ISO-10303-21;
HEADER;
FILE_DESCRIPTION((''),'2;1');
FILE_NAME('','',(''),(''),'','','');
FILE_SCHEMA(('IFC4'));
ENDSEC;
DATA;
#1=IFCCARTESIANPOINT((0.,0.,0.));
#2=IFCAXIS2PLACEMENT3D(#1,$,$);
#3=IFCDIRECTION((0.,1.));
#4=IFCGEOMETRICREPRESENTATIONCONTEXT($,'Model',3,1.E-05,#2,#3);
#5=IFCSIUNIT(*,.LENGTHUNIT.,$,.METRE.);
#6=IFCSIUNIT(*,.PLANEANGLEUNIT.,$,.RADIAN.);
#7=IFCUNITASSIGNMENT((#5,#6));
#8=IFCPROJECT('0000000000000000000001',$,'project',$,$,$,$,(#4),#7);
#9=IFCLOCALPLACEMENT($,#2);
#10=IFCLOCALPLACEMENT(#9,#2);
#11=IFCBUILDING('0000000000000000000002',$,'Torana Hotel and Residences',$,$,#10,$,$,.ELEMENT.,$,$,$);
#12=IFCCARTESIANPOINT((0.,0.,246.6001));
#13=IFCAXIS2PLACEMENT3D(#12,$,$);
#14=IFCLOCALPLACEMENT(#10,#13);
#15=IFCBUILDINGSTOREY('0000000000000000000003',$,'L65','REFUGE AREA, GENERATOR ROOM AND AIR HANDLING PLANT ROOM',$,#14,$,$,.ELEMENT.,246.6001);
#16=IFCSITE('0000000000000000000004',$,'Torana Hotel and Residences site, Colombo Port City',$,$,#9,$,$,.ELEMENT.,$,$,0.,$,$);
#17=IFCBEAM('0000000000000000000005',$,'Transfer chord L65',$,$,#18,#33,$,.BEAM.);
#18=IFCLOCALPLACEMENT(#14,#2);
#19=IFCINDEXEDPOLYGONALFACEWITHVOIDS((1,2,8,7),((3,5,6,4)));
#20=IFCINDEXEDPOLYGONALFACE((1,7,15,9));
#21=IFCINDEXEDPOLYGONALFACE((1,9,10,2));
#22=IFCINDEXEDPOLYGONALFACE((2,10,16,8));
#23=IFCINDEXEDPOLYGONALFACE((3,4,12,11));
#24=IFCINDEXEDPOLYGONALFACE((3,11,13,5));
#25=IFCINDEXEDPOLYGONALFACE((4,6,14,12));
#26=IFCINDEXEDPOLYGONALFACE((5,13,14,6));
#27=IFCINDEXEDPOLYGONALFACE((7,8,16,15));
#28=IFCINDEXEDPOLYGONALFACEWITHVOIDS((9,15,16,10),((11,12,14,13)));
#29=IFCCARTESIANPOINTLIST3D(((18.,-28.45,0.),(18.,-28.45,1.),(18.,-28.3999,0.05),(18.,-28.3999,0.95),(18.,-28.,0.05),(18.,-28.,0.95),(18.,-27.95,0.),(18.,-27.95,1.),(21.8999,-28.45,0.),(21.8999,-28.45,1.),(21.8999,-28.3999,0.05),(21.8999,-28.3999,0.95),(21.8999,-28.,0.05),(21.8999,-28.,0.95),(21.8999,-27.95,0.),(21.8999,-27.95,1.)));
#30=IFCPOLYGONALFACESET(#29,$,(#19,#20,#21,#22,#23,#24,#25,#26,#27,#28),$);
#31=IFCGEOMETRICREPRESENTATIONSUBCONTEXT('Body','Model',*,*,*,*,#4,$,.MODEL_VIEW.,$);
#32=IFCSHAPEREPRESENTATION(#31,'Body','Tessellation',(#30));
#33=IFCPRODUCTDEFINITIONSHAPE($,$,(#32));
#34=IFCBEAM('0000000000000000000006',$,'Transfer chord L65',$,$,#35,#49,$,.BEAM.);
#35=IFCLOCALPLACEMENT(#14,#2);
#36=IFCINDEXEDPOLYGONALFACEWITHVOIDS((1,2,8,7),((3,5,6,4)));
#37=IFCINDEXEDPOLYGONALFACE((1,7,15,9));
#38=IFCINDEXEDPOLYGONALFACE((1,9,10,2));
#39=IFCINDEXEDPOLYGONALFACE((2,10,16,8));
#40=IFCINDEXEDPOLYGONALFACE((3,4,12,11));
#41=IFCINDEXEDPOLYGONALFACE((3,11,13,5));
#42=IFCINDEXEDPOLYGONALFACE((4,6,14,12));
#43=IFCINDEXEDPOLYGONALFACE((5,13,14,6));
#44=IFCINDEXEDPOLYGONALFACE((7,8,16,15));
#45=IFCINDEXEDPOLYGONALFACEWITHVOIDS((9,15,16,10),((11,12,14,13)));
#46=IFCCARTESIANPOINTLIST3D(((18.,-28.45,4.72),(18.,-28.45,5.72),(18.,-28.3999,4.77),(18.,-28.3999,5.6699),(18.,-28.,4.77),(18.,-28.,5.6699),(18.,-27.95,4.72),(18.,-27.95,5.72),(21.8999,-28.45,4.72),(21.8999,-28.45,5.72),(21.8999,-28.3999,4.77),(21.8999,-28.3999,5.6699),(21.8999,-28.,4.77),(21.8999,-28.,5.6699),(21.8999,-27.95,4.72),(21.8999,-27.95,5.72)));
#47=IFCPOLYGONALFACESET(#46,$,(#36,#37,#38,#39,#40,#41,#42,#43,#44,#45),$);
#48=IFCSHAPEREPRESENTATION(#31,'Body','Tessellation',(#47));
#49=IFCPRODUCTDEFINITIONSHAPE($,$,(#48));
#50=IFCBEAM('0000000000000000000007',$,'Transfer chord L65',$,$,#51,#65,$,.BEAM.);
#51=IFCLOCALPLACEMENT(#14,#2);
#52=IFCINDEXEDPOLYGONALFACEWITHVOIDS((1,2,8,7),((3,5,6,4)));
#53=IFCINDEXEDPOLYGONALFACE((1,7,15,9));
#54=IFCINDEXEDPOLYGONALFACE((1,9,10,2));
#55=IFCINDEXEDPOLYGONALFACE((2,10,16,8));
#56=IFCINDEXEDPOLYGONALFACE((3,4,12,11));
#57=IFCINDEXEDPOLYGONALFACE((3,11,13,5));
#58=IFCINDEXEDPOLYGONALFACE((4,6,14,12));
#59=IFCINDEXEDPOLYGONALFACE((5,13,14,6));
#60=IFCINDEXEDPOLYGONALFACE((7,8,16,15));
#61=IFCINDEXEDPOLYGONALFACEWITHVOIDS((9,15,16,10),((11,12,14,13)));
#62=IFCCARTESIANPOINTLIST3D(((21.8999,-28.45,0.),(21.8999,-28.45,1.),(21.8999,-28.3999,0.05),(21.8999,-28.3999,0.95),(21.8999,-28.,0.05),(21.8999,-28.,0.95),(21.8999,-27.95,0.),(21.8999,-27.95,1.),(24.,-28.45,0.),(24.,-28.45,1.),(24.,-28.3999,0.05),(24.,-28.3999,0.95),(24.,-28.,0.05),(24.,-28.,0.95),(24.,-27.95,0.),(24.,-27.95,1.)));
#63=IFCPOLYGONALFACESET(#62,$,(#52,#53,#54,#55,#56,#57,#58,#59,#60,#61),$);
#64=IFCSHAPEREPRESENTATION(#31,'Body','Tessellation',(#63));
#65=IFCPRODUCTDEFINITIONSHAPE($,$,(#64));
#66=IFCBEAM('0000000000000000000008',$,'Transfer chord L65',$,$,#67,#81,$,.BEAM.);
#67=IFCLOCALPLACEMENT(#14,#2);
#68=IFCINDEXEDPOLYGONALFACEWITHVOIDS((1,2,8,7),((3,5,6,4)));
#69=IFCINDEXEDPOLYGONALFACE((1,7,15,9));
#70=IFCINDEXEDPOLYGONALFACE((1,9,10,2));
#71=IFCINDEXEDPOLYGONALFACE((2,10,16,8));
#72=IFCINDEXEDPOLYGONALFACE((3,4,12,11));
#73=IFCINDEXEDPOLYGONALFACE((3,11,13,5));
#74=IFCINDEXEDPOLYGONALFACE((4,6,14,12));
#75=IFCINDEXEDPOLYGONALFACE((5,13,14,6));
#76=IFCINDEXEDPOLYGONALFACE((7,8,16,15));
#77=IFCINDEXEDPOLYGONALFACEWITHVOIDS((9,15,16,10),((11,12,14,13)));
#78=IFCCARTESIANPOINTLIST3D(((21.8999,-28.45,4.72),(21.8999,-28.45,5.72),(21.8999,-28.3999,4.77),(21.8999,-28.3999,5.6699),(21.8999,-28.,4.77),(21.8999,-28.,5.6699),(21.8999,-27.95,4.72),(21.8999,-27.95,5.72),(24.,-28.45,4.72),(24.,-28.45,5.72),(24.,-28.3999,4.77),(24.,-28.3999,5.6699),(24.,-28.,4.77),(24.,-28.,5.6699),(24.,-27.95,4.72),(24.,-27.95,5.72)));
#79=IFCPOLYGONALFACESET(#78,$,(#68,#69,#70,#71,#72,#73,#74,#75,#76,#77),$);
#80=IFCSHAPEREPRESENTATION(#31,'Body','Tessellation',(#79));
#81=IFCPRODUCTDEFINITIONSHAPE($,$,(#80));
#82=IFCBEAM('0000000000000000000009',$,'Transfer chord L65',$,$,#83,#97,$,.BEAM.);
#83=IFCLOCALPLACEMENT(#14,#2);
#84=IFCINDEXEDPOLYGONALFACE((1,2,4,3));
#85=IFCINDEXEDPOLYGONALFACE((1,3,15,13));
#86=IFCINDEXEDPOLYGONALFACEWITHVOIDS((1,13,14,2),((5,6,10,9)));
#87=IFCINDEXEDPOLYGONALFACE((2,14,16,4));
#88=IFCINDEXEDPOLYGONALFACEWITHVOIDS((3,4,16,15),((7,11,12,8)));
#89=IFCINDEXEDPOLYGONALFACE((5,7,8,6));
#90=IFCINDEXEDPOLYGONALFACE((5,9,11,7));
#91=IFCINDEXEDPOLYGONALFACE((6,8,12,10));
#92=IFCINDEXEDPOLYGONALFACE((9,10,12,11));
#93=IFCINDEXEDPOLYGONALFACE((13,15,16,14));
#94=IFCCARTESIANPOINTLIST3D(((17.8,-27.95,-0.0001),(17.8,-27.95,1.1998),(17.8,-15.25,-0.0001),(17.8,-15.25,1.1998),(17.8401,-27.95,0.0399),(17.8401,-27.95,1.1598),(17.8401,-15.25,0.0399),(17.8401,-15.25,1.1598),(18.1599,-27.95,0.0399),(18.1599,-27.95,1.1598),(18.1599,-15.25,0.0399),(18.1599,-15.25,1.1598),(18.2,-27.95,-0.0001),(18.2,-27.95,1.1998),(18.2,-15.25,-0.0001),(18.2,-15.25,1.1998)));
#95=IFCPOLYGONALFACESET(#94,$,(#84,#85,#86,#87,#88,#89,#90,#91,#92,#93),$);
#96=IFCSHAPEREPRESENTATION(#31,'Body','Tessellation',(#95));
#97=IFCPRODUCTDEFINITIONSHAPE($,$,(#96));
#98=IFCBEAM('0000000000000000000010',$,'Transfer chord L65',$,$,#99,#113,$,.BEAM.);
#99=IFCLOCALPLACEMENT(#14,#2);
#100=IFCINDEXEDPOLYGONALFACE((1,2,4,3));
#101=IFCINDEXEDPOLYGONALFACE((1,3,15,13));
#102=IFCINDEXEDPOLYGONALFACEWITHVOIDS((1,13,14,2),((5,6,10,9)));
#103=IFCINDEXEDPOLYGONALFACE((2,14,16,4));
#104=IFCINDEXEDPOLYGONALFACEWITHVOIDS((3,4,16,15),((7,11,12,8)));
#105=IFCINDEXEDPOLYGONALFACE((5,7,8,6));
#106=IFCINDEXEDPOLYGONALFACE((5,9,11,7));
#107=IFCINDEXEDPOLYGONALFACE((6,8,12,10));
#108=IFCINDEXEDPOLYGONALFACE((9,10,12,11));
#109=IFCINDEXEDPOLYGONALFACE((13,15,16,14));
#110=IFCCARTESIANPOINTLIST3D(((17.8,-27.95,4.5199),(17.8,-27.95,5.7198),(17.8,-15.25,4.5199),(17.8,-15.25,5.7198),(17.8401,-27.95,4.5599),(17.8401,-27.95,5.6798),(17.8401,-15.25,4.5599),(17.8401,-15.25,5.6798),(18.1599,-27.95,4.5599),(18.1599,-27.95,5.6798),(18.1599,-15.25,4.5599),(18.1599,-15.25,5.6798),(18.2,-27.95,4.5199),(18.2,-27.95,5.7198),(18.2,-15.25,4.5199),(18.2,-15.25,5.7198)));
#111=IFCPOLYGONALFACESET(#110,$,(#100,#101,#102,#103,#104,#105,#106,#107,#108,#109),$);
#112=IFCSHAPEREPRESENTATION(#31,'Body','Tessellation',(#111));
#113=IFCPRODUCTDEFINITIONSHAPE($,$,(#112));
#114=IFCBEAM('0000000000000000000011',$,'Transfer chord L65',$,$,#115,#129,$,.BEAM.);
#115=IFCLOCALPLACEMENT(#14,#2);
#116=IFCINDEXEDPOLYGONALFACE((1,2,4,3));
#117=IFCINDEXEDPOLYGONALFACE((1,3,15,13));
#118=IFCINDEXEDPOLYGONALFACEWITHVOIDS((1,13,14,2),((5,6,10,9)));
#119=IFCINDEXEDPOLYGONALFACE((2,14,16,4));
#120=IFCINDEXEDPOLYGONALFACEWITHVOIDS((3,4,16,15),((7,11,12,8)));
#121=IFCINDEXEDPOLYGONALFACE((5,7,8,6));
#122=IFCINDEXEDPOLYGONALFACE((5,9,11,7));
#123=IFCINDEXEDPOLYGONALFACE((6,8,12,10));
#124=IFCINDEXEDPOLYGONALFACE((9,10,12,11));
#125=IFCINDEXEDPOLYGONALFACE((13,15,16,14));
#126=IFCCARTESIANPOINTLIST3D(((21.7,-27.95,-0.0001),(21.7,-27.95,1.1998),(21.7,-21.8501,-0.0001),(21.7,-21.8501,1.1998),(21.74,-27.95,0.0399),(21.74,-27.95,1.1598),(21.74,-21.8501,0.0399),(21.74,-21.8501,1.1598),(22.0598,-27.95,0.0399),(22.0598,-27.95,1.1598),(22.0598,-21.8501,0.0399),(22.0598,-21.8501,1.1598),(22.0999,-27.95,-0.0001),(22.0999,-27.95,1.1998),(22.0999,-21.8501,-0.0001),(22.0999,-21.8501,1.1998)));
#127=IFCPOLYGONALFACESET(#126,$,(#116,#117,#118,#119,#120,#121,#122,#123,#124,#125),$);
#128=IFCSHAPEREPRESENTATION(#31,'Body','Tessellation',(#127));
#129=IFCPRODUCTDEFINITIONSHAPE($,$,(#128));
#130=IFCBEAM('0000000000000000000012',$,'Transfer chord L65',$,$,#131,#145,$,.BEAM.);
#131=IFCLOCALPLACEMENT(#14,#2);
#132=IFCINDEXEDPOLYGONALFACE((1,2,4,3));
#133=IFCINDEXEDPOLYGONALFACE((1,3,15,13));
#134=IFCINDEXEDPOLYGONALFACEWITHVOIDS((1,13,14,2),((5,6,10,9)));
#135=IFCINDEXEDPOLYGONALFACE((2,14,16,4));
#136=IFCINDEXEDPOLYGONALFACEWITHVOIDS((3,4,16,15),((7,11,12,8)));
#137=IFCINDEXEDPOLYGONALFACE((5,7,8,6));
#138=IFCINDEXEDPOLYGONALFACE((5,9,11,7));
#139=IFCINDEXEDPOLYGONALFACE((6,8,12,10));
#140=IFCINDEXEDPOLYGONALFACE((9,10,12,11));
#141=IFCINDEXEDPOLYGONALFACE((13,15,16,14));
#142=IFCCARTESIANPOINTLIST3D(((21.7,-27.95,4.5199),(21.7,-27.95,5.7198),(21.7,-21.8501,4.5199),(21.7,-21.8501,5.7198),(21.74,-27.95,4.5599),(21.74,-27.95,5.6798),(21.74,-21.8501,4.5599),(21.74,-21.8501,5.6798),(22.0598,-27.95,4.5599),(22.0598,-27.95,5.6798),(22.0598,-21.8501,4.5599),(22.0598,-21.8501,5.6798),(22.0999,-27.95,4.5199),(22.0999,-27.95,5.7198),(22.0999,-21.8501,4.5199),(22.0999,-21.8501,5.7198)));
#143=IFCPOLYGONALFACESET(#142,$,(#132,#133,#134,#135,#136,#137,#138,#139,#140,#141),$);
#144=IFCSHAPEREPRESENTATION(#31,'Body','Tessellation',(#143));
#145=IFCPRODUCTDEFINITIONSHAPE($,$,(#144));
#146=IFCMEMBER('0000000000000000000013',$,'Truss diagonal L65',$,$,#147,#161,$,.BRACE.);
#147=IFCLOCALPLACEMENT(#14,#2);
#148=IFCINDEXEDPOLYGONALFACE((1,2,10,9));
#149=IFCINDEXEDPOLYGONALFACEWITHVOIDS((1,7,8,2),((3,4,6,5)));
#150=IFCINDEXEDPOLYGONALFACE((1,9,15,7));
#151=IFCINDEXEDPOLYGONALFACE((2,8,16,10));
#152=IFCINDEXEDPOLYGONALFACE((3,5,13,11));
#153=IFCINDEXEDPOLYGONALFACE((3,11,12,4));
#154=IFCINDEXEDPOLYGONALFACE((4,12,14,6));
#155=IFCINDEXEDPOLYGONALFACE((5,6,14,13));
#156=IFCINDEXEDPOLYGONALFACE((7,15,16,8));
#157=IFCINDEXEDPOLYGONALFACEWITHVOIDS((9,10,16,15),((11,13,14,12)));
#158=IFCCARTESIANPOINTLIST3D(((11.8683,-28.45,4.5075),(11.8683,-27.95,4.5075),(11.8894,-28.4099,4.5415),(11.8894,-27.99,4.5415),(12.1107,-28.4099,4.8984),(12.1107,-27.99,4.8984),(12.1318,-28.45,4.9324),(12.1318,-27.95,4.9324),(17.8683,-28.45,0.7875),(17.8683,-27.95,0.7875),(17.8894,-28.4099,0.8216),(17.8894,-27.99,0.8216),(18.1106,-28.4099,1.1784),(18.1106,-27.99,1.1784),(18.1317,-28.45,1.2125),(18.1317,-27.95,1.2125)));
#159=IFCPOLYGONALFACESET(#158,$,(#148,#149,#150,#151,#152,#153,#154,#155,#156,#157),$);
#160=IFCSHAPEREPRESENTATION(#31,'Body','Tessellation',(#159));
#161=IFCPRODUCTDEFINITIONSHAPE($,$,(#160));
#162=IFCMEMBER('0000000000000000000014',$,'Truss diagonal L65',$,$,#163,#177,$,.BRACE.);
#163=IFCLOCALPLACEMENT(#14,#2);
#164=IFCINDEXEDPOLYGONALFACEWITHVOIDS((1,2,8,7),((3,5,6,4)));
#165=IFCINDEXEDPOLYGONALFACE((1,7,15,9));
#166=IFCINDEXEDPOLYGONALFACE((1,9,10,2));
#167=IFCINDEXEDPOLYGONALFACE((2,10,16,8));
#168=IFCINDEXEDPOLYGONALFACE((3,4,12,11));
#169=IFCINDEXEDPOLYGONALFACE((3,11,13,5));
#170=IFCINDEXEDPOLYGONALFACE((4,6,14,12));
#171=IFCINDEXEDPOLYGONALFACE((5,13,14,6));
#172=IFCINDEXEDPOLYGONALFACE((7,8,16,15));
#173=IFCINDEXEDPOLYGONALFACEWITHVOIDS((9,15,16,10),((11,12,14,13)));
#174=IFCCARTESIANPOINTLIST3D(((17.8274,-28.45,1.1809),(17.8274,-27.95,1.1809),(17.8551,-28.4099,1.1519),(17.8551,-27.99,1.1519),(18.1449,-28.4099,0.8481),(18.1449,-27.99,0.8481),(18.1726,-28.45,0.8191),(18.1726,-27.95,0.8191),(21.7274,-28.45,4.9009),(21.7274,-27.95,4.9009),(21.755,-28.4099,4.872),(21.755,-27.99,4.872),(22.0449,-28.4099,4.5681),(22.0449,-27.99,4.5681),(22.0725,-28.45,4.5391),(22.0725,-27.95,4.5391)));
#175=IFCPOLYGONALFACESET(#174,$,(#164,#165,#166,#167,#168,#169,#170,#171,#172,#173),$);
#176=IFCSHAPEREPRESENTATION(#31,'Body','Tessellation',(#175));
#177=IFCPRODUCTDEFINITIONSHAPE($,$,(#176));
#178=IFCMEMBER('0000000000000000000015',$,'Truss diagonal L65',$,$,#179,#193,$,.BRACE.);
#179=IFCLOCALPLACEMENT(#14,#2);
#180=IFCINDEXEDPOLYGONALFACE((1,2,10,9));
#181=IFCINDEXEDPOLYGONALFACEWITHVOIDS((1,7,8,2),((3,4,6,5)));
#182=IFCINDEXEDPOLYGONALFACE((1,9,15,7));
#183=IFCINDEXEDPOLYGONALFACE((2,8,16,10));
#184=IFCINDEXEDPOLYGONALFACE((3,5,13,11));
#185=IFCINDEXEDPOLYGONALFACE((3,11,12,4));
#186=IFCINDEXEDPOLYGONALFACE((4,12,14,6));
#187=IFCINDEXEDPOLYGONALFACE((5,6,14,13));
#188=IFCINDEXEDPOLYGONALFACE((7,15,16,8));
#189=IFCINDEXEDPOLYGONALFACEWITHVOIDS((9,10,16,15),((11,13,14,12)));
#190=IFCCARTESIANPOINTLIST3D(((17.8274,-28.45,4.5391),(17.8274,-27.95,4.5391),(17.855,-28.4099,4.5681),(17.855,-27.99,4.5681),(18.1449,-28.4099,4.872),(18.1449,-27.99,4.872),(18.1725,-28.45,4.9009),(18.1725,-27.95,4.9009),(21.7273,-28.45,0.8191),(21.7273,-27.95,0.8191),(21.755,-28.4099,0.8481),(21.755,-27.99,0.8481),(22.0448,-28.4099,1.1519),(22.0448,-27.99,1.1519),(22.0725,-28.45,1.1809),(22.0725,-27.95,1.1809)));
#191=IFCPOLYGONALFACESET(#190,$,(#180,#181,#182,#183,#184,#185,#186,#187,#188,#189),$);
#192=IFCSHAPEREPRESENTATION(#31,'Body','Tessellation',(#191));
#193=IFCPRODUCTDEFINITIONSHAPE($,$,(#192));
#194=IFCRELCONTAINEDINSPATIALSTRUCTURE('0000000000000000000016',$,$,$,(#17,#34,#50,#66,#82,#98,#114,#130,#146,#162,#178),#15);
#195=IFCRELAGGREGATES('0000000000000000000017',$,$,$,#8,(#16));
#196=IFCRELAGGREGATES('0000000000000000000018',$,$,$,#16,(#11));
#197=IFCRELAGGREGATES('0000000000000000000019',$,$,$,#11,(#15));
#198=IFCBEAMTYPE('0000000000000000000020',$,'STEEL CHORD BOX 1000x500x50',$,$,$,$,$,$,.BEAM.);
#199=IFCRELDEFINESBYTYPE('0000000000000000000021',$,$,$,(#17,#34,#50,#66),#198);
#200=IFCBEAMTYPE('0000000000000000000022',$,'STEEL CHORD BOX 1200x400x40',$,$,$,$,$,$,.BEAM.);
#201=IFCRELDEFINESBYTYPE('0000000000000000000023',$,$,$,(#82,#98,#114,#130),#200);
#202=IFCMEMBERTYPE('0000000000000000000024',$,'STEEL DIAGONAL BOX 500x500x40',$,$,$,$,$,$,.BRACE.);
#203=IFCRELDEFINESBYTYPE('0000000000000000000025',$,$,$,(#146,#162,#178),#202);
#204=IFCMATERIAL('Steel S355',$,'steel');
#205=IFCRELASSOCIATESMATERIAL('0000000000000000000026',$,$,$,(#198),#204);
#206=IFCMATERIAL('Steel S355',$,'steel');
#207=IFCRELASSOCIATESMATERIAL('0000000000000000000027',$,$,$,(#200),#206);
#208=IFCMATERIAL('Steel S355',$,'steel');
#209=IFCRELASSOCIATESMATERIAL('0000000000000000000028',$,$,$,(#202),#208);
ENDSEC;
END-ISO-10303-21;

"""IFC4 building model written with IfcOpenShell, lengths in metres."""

from ifc_helpers import new_model, si_unit, direction, frame, origin, origin_2d, place, context, subcontext, project, spatial, hollow_rectangle, extrude, material, material_profile, profile_set, type_object, element, save


model = new_model("IFC4")

# Units and contexts
model_context = context("Model", 3, precision=1e-05, world=origin(), true_north=direction((0.0, 1.0)))
body_context = subcontext(model_context, "Body", "Model", "MODEL_VIEW")
ifc_project = project(units=[si_unit("LENGTHUNIT", "METRE"), si_unit("PLANEANGLEUNIT", "RADIAN")], contexts=[model_context])

# Site, building, storey
site_placement = place(None, origin())
site = spatial("IfcSite", under=ifc_project, at=site_placement, Name="Torana Hotel and Residences site, Colombo Port City", CompositionType="ELEMENT", RefElevation=0.0)
building_placement = place(site_placement, origin())
building = spatial("IfcBuilding", under=site, at=building_placement, Name="Torana Hotel and Residences", CompositionType="ELEMENT")
storey_placement = place(building_placement, frame((0.0, 0.0, 246.6001)))
storey = spatial("IfcBuildingStorey", under=building, at=storey_placement, Name="L65", Description="REFUGE AREA, GENERATOR ROOM AND AIR HANDLING PLANT ROOM", CompositionType="ELEMENT", Elevation=246.6001)

# Beams
ifc_material_1 = material(Name="Steel S355", Category="steel")
ifc_material_profile_1 = material_profile(ifc_material_1, hollow_rectangle(XDim=0.5, YDim=1.0, WallThickness=0.05, at=origin_2d()), Name="BOX 1000x500x50")
ifc_profile_set_1 = profile_set([ifc_material_profile_1], Name="Steel S355")
beam_type_1 = type_object("IfcBeamType", Name="STEEL CHORD BOX 1000x500x50", PredefinedType="BEAM", material=ifc_profile_set_1)
for number, where, z_axis, x_axis, name in (
    (1, (18.0, -28.2, 0.5), (1.0, 0.0, 0.0), (0.0, 1.0, 0.0), "Transfer chord L65"),
    (2, (18.0, -28.2, 5.22), (1.0, 0.0, 0.0), (0.0, 1.0, 0.0), "Transfer chord L65"),
):
    element("IfcBeam", number, at=place(storey_placement, frame(where, z_axis=z_axis, x_axis=x_axis)), inside=storey, type_object=beam_type_1, Name=name, PredefinedType="BEAM", context=body_context, shape_type="SweptSolid", body=[
        extrude(hollow_rectangle(XDim=0.5, YDim=1.0, WallThickness=0.05, at=origin_2d()), origin(), (0.0, 0.0, 1.0), 3.8999),
    ])
for number, where, z_axis, x_axis, name in (
    (3, (21.8999, -28.2, 0.5), (1.0, 0.0, 0.0), (0.0, 1.0, 0.0), "Transfer chord L65"),
    (4, (21.8999, -28.2, 5.22), (1.0, 0.0, 0.0), (0.0, 1.0, 0.0), "Transfer chord L65"),
):
    element("IfcBeam", number, at=place(storey_placement, frame(where, z_axis=z_axis, x_axis=x_axis)), inside=storey, type_object=beam_type_1, Name=name, PredefinedType="BEAM", context=body_context, shape_type="SweptSolid", body=[
        extrude(hollow_rectangle(XDim=0.5, YDim=1.0, WallThickness=0.05, at=origin_2d()), origin(), (0.0, 0.0, 1.0), 2.1001),
    ])
ifc_material_2 = material(Name="Steel S355", Category="steel")
ifc_material_profile_2 = material_profile(ifc_material_2, hollow_rectangle(XDim=0.3999, YDim=1.2, WallThickness=0.04, at=origin_2d()), Name="BOX 1200x400x40")
ifc_profile_set_2 = profile_set([ifc_material_profile_2], Name="Steel S355")
beam_type_2 = type_object("IfcBeamType", Name="STEEL CHORD BOX 1200x400x40", PredefinedType="BEAM", material=ifc_profile_set_2)
for number, where, z_axis, x_axis, name in (
    (5, (18.0, -27.95, 0.5999), (0.0, 1.0, 0.0), (-1.0, 0.0, 0.0), "Transfer chord L65"),
    (6, (18.0, -27.95, 5.1199), (0.0, 1.0, 0.0), (-1.0, 0.0, 0.0), "Transfer chord L65"),
):
    element("IfcBeam", number, at=place(storey_placement, frame(where, z_axis=z_axis, x_axis=x_axis)), inside=storey, type_object=beam_type_2, Name=name, PredefinedType="BEAM", context=body_context, shape_type="SweptSolid", body=[
        extrude(hollow_rectangle(XDim=0.3999, YDim=1.2, WallThickness=0.04, at=origin_2d()), origin(), (0.0, 0.0, 1.0), 12.7),
    ])
for number, where, z_axis, x_axis, name in (
    (7, (21.8999, -27.95, 0.5999), (0.0, 1.0, 0.0), (-1.0, 0.0, 0.0), "Transfer chord L65"),
    (8, (21.8999, -27.95, 5.1199), (0.0, 1.0, 0.0), (-1.0, 0.0, 0.0), "Transfer chord L65"),
):
    element("IfcBeam", number, at=place(storey_placement, frame(where, z_axis=z_axis, x_axis=x_axis)), inside=storey, type_object=beam_type_2, Name=name, PredefinedType="BEAM", context=body_context, shape_type="SweptSolid", body=[
        extrude(hollow_rectangle(XDim=0.3999, YDim=1.2, WallThickness=0.04, at=origin_2d()), origin(), (0.0, 0.0, 1.0), 6.0999),
    ])

# Members
ifc_material_3 = material(Name="Steel S355", Category="steel")
ifc_material_profile_3 = material_profile(ifc_material_3, hollow_rectangle(XDim=0.5, YDim=0.5, WallThickness=0.04, at=origin_2d()), Name="BOX 500x500x40")
ifc_profile_set_3 = profile_set([ifc_material_profile_3], Name="Steel S355")
member_type_1 = type_object("IfcMemberType", Name="STEEL DIAGONAL BOX 500x500x40", PredefinedType="BRACE", material=ifc_profile_set_3)
member_1_placement = place(storey_placement, frame((18.0, -28.2, 1.0), z_axis=(-0.849905, 0.0, 0.526937), x_axis=(0.0, -1.0, 0.0)))
element("IfcMember", 9, at=member_1_placement, inside=storey, type_object=member_type_1, Name="Truss diagonal L65", PredefinedType="BRACE", context=body_context, shape_type="SweptSolid", body=[
    extrude(hollow_rectangle(XDim=0.5, YDim=0.5, WallThickness=0.04, at=origin_2d()), origin(), (0.0, 0.0, 1.0), 7.0596),
])
for number, where, z_axis, x_axis, name in (
    (10, (18.0, -28.2, 1.0), (0.723602, 0.0, 0.690217), (0.0, 1.0, 0.0), "Truss diagonal L65"),
    (11, (21.8999, -28.2, 1.0), (-0.723602, 0.0, 0.690217), (0.0, -1.0, 0.0), "Truss diagonal L65"),
):
    element("IfcMember", number, at=place(storey_placement, frame(where, z_axis=z_axis, x_axis=x_axis)), inside=storey, type_object=member_type_1, Name=name, PredefinedType="BRACE", context=body_context, shape_type="SweptSolid", body=[
        extrude(hollow_rectangle(XDim=0.5, YDim=0.5, WallThickness=0.04, at=origin_2d()), origin(), (0.0, 0.0, 1.0), 5.3896),
    ])

save(model, "model.ifc")
